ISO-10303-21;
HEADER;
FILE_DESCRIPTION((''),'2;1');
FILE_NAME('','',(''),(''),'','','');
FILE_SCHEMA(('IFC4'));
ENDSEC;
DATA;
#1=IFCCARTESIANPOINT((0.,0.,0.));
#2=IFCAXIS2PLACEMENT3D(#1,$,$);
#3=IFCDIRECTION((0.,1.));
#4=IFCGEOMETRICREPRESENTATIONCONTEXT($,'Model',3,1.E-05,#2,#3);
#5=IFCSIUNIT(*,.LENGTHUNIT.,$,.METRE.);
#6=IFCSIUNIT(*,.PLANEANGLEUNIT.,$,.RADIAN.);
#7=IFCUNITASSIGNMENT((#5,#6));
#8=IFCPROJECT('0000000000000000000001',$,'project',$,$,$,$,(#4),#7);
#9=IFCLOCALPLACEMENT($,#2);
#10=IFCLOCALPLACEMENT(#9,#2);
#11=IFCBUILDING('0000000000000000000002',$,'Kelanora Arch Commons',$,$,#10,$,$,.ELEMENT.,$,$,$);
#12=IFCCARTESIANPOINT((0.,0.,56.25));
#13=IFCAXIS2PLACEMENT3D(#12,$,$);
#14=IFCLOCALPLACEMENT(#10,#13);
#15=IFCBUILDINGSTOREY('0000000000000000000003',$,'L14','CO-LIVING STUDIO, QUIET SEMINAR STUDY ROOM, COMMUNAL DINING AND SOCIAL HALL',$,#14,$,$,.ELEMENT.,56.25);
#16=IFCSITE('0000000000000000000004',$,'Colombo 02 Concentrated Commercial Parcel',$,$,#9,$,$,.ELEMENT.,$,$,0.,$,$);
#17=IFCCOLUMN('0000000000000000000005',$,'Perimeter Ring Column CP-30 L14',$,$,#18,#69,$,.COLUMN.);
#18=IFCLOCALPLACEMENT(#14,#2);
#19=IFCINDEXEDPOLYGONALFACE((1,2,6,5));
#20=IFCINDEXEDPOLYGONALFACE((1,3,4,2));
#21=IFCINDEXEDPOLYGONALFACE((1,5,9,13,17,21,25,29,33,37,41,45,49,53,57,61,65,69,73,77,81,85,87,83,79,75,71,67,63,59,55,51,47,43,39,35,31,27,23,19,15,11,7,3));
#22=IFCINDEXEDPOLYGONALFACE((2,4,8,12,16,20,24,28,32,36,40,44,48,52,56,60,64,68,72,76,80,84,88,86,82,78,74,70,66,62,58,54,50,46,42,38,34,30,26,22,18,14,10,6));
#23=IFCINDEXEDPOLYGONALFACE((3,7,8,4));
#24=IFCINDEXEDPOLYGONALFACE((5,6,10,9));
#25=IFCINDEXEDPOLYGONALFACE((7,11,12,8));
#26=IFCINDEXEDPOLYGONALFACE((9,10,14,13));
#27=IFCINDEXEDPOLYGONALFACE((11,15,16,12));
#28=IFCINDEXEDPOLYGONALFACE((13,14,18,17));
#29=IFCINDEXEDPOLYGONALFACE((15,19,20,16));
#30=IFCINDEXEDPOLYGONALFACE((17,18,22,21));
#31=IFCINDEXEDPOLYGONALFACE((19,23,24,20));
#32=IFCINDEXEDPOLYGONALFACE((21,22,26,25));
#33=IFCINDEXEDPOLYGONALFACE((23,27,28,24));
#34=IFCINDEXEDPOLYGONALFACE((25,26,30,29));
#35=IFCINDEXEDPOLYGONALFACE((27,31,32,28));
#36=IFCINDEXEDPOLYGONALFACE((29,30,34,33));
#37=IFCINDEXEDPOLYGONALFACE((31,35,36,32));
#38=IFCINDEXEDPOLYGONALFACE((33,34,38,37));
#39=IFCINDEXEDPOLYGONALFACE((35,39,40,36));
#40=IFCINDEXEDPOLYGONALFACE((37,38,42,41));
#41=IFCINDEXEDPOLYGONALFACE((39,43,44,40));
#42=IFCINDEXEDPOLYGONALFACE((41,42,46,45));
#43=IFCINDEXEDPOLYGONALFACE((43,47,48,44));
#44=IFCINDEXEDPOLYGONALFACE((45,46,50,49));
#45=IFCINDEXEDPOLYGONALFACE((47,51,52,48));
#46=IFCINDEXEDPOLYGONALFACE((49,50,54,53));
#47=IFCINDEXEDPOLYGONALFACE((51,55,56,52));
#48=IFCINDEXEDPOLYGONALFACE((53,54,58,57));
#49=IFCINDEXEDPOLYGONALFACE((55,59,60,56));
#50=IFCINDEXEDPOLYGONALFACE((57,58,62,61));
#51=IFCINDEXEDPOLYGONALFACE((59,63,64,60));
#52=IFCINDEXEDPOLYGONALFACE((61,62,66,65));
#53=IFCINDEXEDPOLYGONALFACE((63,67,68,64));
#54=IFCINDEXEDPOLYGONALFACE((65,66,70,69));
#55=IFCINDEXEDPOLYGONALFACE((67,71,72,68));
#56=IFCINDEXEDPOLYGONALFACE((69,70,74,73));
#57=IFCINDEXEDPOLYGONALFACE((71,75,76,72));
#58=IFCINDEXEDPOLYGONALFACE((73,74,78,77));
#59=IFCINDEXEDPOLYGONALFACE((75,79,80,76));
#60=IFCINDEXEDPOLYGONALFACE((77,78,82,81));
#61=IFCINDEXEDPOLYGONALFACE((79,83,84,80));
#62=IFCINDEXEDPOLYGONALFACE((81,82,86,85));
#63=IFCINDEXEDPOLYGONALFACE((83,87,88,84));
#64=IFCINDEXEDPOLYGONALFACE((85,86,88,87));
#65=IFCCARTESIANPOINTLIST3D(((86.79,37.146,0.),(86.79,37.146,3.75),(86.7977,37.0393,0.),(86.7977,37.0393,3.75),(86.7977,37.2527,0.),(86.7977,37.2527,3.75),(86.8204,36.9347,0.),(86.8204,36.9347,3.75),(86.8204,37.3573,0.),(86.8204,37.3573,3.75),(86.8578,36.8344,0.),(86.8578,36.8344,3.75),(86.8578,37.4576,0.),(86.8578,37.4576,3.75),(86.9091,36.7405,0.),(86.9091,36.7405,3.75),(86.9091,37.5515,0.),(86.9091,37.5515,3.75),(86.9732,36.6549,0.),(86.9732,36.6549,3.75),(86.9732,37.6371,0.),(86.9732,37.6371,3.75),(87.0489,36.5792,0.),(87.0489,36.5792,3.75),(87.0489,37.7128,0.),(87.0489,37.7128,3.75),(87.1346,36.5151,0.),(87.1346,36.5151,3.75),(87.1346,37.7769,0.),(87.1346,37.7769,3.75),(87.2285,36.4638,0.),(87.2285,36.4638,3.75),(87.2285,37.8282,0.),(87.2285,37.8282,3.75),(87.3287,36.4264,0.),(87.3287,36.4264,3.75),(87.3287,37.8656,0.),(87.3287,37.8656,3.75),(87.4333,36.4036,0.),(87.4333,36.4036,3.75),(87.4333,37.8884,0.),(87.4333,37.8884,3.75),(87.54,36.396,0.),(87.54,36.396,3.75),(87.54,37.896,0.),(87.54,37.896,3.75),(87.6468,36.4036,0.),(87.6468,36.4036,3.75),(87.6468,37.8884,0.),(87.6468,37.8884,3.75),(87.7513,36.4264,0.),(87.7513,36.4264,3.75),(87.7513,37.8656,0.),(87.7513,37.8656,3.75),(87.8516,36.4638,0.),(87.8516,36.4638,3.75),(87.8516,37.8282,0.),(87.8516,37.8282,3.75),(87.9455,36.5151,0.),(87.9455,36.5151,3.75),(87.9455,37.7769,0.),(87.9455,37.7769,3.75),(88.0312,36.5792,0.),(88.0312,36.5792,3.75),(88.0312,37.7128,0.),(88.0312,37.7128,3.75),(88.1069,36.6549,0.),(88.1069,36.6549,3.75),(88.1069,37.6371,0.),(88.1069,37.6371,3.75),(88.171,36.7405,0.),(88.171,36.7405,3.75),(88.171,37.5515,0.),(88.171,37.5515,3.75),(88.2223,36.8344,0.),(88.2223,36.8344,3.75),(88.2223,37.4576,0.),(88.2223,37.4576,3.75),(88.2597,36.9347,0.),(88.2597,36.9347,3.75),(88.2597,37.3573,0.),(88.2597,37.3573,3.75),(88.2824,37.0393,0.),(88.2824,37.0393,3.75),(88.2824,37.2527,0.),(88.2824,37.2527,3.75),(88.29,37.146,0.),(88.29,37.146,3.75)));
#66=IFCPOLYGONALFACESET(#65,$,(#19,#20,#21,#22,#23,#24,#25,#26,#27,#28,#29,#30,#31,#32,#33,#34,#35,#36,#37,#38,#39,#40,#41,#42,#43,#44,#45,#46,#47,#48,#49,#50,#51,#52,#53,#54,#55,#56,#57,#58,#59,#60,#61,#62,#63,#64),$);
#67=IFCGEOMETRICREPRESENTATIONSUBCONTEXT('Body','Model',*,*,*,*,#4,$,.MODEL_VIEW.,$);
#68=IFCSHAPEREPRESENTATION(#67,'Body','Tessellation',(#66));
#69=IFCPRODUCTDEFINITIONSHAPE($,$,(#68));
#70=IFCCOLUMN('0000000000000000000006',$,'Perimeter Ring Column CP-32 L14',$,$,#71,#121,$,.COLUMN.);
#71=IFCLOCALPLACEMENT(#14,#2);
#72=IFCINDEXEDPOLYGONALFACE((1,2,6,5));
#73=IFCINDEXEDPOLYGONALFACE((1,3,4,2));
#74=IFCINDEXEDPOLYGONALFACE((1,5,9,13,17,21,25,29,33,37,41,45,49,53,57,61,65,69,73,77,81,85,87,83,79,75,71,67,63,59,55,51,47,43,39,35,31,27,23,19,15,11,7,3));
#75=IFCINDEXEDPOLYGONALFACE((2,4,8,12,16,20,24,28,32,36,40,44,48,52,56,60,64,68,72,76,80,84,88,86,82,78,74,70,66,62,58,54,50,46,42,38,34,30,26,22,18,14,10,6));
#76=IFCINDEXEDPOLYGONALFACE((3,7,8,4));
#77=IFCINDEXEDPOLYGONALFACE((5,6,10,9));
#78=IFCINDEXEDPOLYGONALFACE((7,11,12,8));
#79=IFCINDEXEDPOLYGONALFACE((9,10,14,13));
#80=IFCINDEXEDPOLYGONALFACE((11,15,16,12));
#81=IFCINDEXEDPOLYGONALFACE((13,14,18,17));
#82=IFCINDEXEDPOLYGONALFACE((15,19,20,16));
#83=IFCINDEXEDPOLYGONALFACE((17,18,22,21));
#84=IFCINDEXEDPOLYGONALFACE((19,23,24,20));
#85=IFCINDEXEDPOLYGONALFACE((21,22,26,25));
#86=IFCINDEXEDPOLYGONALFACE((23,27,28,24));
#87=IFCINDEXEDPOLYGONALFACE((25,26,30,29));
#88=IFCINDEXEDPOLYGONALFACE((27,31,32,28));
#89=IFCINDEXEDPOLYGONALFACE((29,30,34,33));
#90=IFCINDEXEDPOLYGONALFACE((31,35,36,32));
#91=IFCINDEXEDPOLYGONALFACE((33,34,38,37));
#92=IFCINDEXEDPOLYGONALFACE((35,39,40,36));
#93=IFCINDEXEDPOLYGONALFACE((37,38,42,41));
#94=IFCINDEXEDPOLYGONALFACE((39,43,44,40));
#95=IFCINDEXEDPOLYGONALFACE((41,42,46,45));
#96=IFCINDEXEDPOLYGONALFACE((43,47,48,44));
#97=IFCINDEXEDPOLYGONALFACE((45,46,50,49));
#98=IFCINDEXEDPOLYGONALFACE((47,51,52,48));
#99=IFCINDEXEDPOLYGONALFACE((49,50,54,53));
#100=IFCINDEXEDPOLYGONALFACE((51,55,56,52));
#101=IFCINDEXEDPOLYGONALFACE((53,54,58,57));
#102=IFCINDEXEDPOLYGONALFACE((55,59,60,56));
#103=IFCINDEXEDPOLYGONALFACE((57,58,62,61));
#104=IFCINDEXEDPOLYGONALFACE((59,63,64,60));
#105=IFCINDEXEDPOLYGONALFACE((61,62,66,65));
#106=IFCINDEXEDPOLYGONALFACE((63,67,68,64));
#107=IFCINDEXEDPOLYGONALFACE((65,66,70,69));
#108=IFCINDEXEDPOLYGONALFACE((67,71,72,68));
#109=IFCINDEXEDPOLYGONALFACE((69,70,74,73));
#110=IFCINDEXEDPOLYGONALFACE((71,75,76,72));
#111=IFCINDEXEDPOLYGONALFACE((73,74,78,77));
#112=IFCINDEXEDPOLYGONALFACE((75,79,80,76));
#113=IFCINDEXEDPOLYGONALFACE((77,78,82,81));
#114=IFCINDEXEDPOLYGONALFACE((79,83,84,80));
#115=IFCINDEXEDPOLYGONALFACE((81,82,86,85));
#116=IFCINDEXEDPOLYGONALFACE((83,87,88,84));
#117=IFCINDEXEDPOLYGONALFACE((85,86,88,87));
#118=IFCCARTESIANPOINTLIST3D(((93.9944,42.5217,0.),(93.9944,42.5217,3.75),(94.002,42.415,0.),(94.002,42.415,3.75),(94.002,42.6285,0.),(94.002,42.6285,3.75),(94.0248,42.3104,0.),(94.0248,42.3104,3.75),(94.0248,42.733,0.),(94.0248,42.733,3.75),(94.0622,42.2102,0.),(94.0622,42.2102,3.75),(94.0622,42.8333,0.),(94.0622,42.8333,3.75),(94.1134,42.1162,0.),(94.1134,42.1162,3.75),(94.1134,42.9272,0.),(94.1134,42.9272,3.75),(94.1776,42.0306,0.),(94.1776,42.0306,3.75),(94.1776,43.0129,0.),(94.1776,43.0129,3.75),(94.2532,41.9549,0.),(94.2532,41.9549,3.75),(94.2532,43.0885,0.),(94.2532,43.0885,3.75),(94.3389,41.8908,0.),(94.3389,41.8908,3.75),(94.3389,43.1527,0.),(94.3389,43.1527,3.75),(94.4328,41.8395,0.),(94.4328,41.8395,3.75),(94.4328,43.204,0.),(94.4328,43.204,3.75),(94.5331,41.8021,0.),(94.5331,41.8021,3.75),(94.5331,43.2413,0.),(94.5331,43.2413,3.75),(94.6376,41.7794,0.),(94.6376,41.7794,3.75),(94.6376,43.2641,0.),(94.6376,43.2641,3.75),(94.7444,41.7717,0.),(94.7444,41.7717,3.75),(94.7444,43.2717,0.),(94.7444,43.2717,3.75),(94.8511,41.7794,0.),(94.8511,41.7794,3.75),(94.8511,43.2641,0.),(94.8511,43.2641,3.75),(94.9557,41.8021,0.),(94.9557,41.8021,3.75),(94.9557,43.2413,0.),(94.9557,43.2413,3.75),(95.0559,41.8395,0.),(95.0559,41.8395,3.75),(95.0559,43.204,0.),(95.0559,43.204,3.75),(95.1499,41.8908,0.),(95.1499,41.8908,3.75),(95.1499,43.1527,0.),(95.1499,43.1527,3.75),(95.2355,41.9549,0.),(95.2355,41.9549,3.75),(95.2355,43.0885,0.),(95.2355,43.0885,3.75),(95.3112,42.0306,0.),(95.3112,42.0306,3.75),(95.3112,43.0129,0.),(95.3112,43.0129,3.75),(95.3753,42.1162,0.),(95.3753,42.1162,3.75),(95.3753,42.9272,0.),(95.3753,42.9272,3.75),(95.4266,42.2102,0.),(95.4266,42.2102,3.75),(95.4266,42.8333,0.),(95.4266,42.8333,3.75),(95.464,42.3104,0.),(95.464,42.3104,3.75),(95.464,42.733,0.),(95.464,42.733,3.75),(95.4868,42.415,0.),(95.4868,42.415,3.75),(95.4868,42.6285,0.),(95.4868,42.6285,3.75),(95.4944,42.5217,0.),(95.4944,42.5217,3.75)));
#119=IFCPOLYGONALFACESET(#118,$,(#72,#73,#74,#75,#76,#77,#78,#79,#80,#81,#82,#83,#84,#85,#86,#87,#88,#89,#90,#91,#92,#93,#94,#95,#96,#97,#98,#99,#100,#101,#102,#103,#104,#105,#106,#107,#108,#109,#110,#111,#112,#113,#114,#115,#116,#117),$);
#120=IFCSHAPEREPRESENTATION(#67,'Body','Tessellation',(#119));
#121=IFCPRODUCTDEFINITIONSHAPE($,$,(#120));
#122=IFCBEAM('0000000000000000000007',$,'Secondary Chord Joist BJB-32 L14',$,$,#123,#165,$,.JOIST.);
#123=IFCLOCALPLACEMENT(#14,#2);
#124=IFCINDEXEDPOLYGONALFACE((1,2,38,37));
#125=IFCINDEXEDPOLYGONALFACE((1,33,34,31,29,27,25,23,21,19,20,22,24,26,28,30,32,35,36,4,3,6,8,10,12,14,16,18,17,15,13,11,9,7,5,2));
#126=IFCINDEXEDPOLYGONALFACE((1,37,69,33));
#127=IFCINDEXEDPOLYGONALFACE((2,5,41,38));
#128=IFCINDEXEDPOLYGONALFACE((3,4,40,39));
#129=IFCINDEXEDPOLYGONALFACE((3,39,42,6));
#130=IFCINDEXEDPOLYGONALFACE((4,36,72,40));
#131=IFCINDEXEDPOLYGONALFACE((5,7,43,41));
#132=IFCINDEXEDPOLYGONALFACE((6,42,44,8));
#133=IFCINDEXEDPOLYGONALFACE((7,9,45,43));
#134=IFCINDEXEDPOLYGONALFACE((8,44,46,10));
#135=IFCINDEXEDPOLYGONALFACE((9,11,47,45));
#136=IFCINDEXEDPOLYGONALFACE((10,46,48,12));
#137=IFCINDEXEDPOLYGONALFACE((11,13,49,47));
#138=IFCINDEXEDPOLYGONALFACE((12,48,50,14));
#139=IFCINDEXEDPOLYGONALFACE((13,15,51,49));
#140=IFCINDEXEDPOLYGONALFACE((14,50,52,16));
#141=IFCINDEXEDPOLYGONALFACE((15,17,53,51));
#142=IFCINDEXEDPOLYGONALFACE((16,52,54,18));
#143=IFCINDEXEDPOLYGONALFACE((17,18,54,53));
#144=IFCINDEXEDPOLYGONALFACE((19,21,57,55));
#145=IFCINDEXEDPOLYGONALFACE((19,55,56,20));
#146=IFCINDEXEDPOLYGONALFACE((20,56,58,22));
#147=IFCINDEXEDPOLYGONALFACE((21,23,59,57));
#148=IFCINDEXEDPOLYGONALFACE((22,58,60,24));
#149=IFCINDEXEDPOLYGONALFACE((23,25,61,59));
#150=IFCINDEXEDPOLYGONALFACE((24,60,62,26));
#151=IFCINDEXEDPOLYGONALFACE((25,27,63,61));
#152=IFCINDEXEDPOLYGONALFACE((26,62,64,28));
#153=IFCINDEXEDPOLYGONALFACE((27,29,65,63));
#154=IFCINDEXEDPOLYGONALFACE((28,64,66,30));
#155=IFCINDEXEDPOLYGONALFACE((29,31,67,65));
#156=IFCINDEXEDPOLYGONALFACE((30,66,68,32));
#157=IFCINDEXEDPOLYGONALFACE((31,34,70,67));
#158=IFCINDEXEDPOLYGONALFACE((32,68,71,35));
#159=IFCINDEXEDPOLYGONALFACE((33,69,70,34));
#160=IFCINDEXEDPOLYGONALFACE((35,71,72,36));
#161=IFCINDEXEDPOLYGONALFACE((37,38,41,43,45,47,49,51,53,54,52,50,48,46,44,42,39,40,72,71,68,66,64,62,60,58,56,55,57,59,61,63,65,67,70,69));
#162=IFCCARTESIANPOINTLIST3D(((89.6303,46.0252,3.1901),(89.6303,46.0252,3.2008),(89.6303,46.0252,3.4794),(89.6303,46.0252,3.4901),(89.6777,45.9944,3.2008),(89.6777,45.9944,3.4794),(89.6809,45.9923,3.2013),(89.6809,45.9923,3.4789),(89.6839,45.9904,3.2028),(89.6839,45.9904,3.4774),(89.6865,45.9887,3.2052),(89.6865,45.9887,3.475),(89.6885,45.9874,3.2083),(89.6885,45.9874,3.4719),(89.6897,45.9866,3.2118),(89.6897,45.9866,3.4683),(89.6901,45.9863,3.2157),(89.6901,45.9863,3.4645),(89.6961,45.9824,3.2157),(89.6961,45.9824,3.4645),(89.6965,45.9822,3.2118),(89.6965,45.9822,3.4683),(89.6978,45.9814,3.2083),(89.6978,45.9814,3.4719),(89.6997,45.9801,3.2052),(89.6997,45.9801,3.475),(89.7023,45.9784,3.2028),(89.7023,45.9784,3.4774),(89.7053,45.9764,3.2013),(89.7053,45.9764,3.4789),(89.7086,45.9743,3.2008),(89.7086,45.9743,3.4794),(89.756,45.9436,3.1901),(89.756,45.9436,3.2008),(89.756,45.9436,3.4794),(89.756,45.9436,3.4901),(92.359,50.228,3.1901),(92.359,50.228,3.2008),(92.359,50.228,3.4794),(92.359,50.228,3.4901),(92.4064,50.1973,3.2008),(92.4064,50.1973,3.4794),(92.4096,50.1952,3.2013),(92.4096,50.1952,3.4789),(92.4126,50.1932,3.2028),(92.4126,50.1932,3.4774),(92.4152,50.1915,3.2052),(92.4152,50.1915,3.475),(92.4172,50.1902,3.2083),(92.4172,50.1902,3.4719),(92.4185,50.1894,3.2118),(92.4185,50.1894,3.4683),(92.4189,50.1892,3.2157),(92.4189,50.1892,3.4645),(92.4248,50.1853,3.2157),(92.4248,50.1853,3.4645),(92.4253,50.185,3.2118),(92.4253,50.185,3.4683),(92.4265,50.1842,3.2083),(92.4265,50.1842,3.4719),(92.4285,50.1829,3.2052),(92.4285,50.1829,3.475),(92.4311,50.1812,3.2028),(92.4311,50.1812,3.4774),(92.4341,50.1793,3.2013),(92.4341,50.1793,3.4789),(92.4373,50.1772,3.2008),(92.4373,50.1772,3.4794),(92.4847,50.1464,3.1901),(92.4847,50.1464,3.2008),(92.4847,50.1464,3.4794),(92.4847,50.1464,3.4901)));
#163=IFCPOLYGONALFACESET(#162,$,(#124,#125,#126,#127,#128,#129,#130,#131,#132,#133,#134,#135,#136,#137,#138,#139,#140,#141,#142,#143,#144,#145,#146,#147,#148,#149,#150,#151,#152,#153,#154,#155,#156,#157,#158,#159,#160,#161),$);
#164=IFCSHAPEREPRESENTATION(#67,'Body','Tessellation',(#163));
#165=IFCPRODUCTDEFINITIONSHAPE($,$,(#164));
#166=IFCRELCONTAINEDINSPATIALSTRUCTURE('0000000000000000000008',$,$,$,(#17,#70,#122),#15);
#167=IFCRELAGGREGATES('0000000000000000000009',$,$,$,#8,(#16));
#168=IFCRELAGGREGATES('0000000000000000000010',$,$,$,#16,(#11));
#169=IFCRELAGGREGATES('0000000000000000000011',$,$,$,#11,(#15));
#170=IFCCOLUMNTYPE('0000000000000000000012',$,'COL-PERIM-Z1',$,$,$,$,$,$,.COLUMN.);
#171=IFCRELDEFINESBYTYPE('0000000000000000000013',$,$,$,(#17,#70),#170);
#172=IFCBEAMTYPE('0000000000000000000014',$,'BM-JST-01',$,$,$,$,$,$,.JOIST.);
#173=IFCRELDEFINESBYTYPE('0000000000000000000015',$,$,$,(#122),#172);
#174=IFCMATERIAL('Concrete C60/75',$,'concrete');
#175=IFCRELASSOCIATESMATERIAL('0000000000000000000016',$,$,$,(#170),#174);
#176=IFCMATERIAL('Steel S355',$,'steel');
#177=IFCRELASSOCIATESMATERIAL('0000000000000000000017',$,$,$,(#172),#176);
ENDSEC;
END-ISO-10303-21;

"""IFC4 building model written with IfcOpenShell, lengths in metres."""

from ifc_helpers import new_model, si_unit, direction, frame, origin, origin_2d, place, context, subcontext, project, spatial, circle, i_section, extrude, material, material_profile, profile_set, type_object, element, save


model = new_model("IFC4")

# Units and contexts
model_context = context("Model", 3, precision=1e-05, world=origin(), true_north=direction((0.0, 1.0)))
body_context = subcontext(model_context, "Body", "Model", "MODEL_VIEW")
ifc_project = project(units=[si_unit("LENGTHUNIT", "METRE"), si_unit("PLANEANGLEUNIT", "RADIAN")], contexts=[model_context])

# Site, building, storey
site_placement = place(None, origin())
site = spatial("IfcSite", under=ifc_project, at=site_placement, Name="Colombo 02 Concentrated Commercial Parcel", CompositionType="ELEMENT", RefElevation=0.0)
building_placement = place(site_placement, origin())
building = spatial("IfcBuilding", under=site, at=building_placement, Name="Kelanora Arch Commons", CompositionType="ELEMENT")
storey_placement = place(building_placement, frame((0.0, 0.0, 56.25)))
storey = spatial("IfcBuildingStorey", under=building, at=storey_placement, Name="L14", Description="CO-LIVING STUDIO, QUIET SEMINAR STUDY ROOM, COMMUNAL DINING AND SOCIAL HALL", CompositionType="ELEMENT", Elevation=56.25)

# Columns
ifc_material_1 = material(Name="Concrete C60/75", Category="concrete")
ifc_material_profile_1 = material_profile(ifc_material_1, circle(Radius=0.75, at=origin_2d()), Name="RCC1500")
ifc_profile_set_1 = profile_set([ifc_material_profile_1], Name="Concrete C60/75")
column_type = type_object("IfcColumnType", Name="COL-PERIM-Z1", PredefinedType="COLUMN", material=ifc_profile_set_1)
for number, where, z_axis, x_axis, name in (
    (1, (87.54, 37.146, 0.0), (0.0, 0.0, 1.0), (1.0, 0.0, 0.0), "Perimeter Ring Column CP-30 L14"),
    (2, (94.7444, 42.5217, 0.0), (0.0, 0.0, 1.0), (1.0, 0.0, 0.0), "Perimeter Ring Column CP-32 L14"),
):
    element("IfcColumn", number, at=place(storey_placement, frame(where, z_axis=z_axis, x_axis=x_axis)), inside=storey, type_object=column_type, Name=name, PredefinedType="COLUMN", context=body_context, shape_type="SweptSolid", body=[
        extrude(circle(Radius=0.75, at=origin_2d()), origin(), (0.0, 0.0, 1.0), 3.75),
    ])

# Beam
ifc_material_2 = material(Name="Steel S355", Category="steel")
ifc_material_profile_2 = material_profile(ifc_material_2, i_section(OverallWidth=0.1499, OverallDepth=0.3, WebThickness=0.0071, FlangeThickness=0.0107, FilletRadius=0.0149, at=origin_2d()), Name="IPE300")
ifc_profile_set_2 = profile_set([ifc_material_profile_2], Name="Steel S355")
beam_type_1 = type_object("IfcBeamType", Name="BM-JST-01", PredefinedType="JOIST", material=ifc_profile_set_2)
beam_1_placement = place(storey_placement, frame((89.6931, 45.9844, 3.3401), z_axis=(0.544552, 0.838727, 0.0), x_axis=(-0.838727, 0.544552, 0.0)))
element("IfcBeam", 3, at=beam_1_placement, inside=storey, type_object=beam_type_1, Name="Secondary Chord Joist BJB-32 L14", PredefinedType="JOIST", context=body_context, shape_type="SweptSolid", body=[
    extrude(i_section(OverallWidth=0.1499, OverallDepth=0.3, WebThickness=0.0071, FlangeThickness=0.0107, FilletRadius=0.0149, at=origin_2d()), origin(), (0.0, 0.0, 1.0), 5.011),
])

save(model, "model.ifc")
